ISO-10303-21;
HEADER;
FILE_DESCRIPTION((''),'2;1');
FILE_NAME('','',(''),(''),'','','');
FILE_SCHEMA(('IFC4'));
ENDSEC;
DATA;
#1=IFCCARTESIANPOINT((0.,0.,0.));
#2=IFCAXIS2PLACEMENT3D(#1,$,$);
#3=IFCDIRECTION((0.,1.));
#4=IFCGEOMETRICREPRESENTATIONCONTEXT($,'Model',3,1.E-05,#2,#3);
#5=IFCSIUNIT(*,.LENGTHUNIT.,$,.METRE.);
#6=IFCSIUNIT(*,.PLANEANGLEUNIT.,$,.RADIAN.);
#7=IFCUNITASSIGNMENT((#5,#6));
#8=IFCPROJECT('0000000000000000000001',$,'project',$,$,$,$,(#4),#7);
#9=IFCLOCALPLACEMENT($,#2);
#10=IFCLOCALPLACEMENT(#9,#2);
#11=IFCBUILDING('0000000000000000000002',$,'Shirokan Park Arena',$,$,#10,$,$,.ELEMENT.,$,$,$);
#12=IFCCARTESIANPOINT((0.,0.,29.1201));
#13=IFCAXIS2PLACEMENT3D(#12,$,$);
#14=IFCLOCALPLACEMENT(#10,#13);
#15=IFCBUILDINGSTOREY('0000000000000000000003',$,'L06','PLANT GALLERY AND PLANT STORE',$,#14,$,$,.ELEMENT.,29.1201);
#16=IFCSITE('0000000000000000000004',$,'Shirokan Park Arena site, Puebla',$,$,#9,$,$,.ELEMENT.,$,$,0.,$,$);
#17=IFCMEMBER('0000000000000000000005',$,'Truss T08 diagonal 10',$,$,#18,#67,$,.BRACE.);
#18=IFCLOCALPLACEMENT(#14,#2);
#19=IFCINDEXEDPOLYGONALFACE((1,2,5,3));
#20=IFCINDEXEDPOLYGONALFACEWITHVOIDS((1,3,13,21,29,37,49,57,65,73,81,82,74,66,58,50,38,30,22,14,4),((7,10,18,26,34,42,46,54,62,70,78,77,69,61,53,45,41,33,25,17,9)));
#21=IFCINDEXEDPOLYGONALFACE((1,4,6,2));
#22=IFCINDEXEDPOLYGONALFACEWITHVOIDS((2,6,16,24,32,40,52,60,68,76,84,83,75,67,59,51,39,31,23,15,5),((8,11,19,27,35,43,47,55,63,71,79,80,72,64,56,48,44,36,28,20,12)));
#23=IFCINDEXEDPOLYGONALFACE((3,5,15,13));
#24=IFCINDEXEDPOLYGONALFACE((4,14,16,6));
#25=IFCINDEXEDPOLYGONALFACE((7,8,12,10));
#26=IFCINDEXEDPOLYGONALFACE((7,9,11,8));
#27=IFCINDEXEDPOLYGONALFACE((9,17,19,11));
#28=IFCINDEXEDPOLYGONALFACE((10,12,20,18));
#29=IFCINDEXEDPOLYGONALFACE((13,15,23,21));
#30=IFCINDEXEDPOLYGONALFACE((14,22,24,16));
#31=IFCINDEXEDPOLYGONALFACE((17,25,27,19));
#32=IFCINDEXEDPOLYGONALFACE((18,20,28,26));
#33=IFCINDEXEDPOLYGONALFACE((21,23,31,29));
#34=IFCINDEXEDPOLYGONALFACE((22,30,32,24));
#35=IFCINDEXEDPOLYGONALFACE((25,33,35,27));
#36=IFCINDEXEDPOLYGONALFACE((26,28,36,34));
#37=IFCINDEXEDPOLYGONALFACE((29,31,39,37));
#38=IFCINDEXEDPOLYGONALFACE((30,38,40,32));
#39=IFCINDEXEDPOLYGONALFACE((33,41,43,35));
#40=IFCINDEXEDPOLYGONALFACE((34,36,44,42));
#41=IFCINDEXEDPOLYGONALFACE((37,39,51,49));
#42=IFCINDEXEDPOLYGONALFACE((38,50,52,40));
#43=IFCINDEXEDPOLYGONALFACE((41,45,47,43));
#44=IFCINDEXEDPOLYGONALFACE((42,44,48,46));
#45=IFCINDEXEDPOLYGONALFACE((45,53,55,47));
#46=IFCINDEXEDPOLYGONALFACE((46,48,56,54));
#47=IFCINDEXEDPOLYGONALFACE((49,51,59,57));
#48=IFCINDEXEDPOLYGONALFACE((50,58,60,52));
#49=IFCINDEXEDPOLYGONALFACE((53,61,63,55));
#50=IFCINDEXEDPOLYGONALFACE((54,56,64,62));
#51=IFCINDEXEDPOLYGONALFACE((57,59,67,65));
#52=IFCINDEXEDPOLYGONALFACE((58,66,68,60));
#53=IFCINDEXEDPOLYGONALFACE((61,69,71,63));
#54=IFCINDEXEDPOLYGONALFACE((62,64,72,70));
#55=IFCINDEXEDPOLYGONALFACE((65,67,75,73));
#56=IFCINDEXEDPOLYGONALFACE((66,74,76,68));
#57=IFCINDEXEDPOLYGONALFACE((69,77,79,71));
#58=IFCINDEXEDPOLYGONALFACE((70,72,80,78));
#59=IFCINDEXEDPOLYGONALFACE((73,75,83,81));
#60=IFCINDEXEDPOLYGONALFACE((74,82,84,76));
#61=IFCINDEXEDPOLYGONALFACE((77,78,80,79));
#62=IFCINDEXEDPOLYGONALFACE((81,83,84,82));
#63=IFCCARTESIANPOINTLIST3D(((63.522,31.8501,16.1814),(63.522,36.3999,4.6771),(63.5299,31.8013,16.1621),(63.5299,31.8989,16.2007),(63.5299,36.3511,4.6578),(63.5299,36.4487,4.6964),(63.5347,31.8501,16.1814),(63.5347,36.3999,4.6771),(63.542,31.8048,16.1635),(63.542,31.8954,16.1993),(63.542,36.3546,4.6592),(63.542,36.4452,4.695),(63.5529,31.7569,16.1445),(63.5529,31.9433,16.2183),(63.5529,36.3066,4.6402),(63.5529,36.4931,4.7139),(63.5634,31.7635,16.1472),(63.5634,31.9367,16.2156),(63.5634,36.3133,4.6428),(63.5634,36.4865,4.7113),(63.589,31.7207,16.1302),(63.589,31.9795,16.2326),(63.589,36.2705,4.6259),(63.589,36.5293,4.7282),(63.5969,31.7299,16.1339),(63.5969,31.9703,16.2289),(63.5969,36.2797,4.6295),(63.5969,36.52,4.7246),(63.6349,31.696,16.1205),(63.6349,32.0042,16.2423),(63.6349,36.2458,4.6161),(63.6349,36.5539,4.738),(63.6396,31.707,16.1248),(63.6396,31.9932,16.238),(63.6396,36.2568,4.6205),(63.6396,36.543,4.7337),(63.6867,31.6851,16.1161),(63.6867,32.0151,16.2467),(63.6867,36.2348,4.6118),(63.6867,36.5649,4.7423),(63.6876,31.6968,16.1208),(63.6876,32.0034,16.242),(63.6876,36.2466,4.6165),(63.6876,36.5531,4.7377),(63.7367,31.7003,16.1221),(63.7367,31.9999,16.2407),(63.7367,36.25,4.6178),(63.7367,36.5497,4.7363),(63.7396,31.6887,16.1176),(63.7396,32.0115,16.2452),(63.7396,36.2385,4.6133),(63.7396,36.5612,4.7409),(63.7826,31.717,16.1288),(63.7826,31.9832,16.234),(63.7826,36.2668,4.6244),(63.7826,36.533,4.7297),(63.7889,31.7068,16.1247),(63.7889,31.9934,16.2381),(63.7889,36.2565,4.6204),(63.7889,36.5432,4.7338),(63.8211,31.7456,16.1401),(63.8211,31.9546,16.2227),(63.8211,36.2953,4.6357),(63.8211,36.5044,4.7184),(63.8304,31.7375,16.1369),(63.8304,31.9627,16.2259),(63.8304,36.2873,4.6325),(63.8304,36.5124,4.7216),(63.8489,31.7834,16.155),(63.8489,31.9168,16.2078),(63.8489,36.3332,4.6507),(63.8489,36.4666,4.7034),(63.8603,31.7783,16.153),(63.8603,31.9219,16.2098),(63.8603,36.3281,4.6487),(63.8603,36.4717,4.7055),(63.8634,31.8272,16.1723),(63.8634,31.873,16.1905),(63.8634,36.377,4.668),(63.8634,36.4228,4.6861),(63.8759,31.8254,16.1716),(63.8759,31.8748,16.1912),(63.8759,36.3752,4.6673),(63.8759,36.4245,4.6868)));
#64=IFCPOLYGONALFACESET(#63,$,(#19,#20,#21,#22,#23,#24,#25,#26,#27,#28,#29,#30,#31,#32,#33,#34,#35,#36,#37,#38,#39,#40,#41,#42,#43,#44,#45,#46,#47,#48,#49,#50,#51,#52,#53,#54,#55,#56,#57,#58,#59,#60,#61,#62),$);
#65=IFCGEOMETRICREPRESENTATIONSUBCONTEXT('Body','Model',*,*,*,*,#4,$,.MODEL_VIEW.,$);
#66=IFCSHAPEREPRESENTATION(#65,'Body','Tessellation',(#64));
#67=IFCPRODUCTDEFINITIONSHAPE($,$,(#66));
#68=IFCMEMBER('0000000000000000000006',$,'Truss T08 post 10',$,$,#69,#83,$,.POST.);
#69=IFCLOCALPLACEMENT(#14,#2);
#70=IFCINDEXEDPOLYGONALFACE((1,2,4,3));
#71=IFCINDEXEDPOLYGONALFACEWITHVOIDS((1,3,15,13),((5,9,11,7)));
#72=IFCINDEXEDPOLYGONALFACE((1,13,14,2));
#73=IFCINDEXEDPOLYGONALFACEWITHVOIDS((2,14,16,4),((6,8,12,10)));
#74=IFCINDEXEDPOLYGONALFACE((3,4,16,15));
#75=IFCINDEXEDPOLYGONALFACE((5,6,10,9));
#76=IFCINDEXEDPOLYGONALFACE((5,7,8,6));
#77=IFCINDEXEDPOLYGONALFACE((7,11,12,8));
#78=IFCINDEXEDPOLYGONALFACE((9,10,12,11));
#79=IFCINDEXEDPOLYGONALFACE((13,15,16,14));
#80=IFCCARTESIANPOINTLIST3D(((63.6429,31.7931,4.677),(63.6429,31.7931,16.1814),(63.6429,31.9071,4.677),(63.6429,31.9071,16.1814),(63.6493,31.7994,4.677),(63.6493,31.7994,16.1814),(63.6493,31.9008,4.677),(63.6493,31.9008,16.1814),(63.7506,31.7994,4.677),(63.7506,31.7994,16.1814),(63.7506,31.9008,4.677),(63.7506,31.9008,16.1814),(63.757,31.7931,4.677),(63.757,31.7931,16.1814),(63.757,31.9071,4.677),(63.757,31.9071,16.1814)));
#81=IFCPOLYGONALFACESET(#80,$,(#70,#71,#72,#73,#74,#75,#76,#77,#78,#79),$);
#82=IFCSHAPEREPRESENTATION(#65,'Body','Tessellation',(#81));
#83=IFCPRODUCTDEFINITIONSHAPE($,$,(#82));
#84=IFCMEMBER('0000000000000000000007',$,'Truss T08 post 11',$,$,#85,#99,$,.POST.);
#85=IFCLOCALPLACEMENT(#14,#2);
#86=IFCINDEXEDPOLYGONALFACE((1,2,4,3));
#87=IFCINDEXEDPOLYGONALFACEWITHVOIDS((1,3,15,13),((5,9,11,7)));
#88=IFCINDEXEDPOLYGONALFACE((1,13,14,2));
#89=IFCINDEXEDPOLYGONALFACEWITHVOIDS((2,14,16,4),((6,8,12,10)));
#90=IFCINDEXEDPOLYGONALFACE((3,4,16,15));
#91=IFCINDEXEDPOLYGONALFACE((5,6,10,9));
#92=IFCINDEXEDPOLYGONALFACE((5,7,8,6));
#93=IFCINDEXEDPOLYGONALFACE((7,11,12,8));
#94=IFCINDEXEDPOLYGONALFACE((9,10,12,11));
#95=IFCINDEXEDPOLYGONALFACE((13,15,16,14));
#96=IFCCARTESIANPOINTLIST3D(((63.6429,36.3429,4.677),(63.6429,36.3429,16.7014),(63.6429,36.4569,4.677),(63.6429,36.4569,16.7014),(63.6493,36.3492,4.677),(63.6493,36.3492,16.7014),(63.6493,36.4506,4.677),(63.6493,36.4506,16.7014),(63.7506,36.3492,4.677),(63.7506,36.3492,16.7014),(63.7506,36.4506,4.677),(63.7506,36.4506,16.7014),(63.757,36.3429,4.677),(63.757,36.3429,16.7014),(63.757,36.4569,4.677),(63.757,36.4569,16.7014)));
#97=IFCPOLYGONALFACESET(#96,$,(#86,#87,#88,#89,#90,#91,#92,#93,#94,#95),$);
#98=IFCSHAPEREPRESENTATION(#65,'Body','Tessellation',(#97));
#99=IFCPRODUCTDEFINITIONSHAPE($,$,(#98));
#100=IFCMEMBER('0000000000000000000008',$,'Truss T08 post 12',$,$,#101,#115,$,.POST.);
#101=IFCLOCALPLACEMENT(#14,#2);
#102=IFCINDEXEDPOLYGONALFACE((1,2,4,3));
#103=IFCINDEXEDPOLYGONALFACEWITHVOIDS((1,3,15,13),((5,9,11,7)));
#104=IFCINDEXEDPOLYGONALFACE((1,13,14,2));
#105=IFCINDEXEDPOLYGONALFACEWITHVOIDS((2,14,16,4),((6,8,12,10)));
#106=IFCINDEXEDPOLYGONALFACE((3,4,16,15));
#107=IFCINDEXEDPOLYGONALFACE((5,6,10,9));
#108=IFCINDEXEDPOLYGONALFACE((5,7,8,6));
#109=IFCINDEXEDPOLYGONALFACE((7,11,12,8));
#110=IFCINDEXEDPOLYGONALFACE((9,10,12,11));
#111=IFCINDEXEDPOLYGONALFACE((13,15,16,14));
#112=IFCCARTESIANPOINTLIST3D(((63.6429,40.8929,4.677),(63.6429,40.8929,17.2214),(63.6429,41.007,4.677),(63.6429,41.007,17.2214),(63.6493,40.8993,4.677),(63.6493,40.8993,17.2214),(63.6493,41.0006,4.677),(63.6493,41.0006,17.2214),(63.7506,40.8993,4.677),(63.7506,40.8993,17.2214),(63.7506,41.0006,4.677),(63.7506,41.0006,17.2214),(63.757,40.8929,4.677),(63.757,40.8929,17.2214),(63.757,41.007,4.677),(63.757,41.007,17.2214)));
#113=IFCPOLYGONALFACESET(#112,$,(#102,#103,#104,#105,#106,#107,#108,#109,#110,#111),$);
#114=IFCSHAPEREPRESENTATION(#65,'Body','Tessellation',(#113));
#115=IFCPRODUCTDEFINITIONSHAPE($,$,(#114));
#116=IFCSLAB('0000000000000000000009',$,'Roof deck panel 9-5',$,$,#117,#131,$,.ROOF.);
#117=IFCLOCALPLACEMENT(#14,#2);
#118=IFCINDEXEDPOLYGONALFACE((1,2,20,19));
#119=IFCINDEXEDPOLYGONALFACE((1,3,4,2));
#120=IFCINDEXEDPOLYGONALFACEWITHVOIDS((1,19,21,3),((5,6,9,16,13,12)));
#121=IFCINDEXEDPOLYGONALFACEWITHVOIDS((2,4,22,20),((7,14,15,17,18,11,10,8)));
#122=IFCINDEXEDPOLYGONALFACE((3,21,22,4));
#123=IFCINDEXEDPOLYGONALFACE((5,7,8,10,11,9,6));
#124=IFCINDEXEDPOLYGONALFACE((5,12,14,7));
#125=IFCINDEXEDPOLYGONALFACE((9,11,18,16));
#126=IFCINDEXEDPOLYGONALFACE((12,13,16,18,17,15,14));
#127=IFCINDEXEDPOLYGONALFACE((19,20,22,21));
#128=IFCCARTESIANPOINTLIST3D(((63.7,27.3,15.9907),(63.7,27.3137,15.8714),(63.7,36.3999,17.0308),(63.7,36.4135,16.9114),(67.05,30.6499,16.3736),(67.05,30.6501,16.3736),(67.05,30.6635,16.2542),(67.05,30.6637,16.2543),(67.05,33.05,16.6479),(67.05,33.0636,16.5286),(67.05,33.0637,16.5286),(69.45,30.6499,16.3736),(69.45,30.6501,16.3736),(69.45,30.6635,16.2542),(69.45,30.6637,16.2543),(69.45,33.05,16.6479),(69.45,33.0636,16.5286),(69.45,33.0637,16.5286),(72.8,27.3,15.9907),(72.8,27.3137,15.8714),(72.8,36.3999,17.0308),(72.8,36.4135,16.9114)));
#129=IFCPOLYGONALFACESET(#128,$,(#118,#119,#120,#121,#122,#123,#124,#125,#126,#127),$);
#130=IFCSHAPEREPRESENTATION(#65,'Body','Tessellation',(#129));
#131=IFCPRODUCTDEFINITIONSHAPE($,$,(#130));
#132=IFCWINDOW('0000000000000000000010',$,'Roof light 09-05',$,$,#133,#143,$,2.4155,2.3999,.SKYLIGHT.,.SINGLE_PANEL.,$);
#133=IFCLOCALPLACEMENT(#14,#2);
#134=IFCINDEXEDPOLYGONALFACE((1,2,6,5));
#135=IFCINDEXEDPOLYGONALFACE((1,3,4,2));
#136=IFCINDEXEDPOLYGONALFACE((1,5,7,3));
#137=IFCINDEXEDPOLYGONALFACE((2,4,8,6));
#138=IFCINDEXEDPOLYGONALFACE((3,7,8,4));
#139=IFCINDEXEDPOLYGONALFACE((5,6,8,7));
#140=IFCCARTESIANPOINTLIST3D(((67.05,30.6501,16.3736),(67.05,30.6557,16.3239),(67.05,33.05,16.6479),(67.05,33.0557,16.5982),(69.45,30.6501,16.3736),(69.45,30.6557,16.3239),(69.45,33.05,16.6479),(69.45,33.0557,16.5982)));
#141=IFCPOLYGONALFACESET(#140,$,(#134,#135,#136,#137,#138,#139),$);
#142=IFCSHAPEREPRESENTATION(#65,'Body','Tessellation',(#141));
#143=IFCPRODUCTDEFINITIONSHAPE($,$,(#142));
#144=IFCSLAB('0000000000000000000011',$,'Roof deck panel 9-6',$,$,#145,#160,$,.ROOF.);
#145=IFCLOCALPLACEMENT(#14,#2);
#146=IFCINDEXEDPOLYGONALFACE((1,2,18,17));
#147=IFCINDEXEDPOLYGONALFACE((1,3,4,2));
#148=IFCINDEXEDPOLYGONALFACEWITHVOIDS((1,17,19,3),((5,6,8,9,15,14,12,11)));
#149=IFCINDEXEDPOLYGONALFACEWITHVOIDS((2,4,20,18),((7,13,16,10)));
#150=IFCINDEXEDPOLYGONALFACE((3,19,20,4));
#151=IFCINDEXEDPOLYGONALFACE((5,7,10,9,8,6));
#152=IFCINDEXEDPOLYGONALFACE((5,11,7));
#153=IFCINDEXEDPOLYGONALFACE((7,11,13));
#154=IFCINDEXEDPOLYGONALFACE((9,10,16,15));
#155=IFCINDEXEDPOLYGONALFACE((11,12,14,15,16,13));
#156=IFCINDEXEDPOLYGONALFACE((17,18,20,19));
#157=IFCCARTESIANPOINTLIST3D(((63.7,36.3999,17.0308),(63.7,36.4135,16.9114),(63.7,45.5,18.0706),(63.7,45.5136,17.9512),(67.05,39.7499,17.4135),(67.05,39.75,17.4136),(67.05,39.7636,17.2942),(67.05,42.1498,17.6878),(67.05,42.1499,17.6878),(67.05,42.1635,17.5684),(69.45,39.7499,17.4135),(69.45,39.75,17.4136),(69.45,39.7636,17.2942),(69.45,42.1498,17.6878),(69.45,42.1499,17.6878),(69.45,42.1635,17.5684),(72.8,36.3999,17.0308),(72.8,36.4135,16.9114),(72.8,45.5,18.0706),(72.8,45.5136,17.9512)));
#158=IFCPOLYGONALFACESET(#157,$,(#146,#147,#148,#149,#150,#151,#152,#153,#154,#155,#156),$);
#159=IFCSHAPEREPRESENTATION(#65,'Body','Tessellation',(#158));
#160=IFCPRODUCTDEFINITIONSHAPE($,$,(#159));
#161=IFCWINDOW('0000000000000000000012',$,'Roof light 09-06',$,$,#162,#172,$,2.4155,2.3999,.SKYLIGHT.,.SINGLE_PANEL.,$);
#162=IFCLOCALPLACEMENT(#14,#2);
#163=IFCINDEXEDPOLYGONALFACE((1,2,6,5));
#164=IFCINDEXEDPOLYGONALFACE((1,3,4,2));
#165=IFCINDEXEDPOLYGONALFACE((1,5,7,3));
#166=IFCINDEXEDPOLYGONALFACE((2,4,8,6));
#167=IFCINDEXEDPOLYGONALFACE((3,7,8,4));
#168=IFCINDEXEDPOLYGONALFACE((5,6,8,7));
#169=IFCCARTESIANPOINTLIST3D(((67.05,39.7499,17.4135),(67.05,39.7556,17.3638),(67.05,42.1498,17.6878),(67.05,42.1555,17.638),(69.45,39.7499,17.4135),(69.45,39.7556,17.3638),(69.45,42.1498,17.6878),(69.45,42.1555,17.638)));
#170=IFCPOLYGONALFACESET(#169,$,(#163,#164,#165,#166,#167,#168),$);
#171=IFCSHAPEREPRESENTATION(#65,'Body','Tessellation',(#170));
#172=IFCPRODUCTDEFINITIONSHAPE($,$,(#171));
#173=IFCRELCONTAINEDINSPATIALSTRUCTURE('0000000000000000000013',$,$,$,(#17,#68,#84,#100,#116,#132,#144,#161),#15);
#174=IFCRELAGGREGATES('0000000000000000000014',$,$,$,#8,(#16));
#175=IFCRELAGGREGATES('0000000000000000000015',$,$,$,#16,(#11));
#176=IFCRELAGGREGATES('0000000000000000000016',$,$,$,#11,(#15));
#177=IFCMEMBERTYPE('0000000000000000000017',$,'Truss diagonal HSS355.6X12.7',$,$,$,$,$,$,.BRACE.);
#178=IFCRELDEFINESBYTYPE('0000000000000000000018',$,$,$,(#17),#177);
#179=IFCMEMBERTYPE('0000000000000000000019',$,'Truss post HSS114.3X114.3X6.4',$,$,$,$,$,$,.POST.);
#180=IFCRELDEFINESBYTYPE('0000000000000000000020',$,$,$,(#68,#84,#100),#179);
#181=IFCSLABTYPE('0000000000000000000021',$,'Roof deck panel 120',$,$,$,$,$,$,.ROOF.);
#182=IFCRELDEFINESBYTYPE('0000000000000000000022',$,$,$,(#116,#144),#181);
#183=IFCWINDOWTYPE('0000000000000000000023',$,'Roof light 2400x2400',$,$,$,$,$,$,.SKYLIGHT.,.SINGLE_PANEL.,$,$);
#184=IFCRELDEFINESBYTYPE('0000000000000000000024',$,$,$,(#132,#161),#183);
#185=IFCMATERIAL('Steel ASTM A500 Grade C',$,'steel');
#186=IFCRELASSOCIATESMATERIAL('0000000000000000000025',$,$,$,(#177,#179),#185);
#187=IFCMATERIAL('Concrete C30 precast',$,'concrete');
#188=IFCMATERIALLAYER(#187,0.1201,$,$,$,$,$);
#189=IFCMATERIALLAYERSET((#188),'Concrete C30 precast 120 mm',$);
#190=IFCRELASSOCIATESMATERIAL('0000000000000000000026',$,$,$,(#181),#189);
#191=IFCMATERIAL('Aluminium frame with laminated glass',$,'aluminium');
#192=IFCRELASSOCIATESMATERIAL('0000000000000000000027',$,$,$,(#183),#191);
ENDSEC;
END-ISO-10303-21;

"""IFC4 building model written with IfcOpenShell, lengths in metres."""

from ifc_helpers import new_model, si_unit, direction, frame, origin, origin_2d, place, context, subcontext, project, spatial, polyline, rectangle, hollow_rectangle, hollow_circle, outline, extrude, material, layer, layer_set, material_profile, profile_set, type_object, element, fill, save


model = new_model("IFC4")

# Units and contexts
model_context = context("Model", 3, precision=1e-05, world=origin(), true_north=direction((0.0, 1.0)))
body_context = subcontext(model_context, "Body", "Model", "MODEL_VIEW")
ifc_project = project(units=[si_unit("LENGTHUNIT", "METRE"), si_unit("PLANEANGLEUNIT", "RADIAN")], contexts=[model_context])

# Site, building, storey
site_placement = place(None, origin())
site = spatial("IfcSite", under=ifc_project, at=site_placement, Name="Shirokan Park Arena site, Puebla", CompositionType="ELEMENT", RefElevation=0.0)
building_placement = place(site_placement, origin())
building = spatial("IfcBuilding", under=site, at=building_placement, Name="Shirokan Park Arena", CompositionType="ELEMENT")
storey_placement = place(building_placement, frame((0.0, 0.0, 29.1201)))
storey = spatial("IfcBuildingStorey", under=building, at=storey_placement, Name="L06", Description="PLANT GALLERY AND PLANT STORE", CompositionType="ELEMENT", Elevation=29.1201)

# Members
ifc_material_1 = material(Name="Steel ASTM A500 Grade C", Category="steel")
ifc_material_profile_1 = material_profile(ifc_material_1, hollow_circle(Radius=0.178, WallThickness=0.0127, at=origin_2d()), Name="HSS355.6X12.7")
ifc_profile_set_1 = profile_set([ifc_material_profile_1], Name="Steel ASTM A500 Grade C")
member_type_1 = type_object("IfcMemberType", Name="Truss diagonal HSS355.6X12.7", PredefinedType="BRACE", material=ifc_profile_set_1)
member_1_placement = place(storey_placement, frame((63.7, 31.8501, 16.1814), z_axis=(0.0, 0.367768, -0.929918), x_axis=(-1.0, 0.0, 0.0)))
element("IfcMember", 1, at=member_1_placement, inside=storey, type_object=member_type_1, Name="Truss T08 diagonal 10", PredefinedType="BRACE", context=body_context, shape_type="SweptSolid", body=[
    extrude(hollow_circle(Radius=0.178, WallThickness=0.0127, at=origin_2d()), origin(), (0.0, 0.0, 1.0), 12.3713),
])
ifc_material_profile_2 = material_profile(ifc_material_1, hollow_rectangle(XDim=0.114, YDim=0.114, WallThickness=0.0063, at=origin_2d()), Name="HSS114.3X114.3X6.4")
ifc_profile_set_2 = profile_set([ifc_material_profile_2], Name="Steel ASTM A500 Grade C")
member_type_2 = type_object("IfcMemberType", Name="Truss post HSS114.3X114.3X6.4", PredefinedType="POST", material=ifc_profile_set_2)
member_2_placement = place(storey_placement, frame((63.7, 31.8501, 4.677), z_axis=(0.0, 0.0, 1.0), x_axis=(1.0, 0.0, 0.0)))
element("IfcMember", 2, at=member_2_placement, inside=storey, type_object=member_type_2, Name="Truss T08 post 10", PredefinedType="POST", context=body_context, shape_type="SweptSolid", body=[
    extrude(hollow_rectangle(XDim=0.114, YDim=0.114, WallThickness=0.0063, at=origin_2d()), origin(), (0.0, 0.0, 1.0), 11.5044),
])
member_3_placement = place(storey_placement, frame((63.7, 36.3999, 4.677), z_axis=(0.0, 0.0, 1.0), x_axis=(1.0, 0.0, 0.0)))
element("IfcMember", 3, at=member_3_placement, inside=storey, type_object=member_type_2, Name="Truss T08 post 11", PredefinedType="POST", context=body_context, shape_type="SweptSolid", body=[
    extrude(hollow_rectangle(XDim=0.114, YDim=0.114, WallThickness=0.0063, at=origin_2d()), origin(), (0.0, 0.0, 1.0), 12.0244),
])
member_4_placement = place(storey_placement, frame((63.7, 40.95, 4.677), z_axis=(0.0, 0.0, 1.0), x_axis=(1.0, 0.0, 0.0)))
element("IfcMember", 4, at=member_4_placement, inside=storey, type_object=member_type_2, Name="Truss T08 post 12", PredefinedType="POST", context=body_context, shape_type="SweptSolid", body=[
    extrude(hollow_rectangle(XDim=0.114, YDim=0.114, WallThickness=0.0063, at=origin_2d()), origin(), (0.0, 0.0, 1.0), 12.5444),
])

# Slabs, openings, windows
ifc_material_2 = material(Name="Concrete C30 precast", Category="concrete")
ifc_layer_1 = layer(ifc_material_2, 0.1201)
ifc_layer_set_1 = layer_set([ifc_layer_1], Name="Concrete C30 precast 120 mm")
slab_type = type_object("IfcSlabType", Name="Roof deck panel 120", PredefinedType="ROOF", material=ifc_layer_set_1)
slab_1_placement = place(storey_placement, frame((63.7, 27.3, 15.9907), z_axis=(0.0, -0.113553, 0.993532), x_axis=(1.0, 0.0, 0.0)))
slab_1 = element("IfcSlab", 5, at=slab_1_placement, inside=storey, type_object=slab_type, Name="Roof deck panel 9-5", PredefinedType="ROOF", context=body_context, shape_type="SweptSolid", body=[
    extrude(outline(polyline([(0.0, 0.0), (9.1001, 0.0), (9.1001, 9.1591), (0.0, 9.1591), (0.0, 0.0)]), holes=[polyline([(3.3501, 3.3717), (5.75, 3.3717), (5.75, 5.7874), (3.3501, 5.7874), (3.3501, 3.3717)])]), origin(), (0.0, 0.0, -1.0), 0.1201),
])
opening_1_placement = place(slab_1_placement, frame((4.55, 4.5796, 0.01)))
opening_1 = element("IfcOpeningElement", 6, at=opening_1_placement, cuts=slab_1, PredefinedType="OPENING", context=body_context, shape_type="SweptSolid", body=[
    extrude(rectangle(XDim=2.3999, YDim=2.4155, at=origin_2d()), origin(), (0.0, 0.0, -1.0), 0.1399),
])
ifc_material_3 = material(Name="Aluminium frame with laminated glass", Category="aluminium")
window_type = type_object("IfcWindowType", Name="Roof light 2400x2400", PartitioningType="SINGLE_PANEL", PredefinedType="SKYLIGHT", material=ifc_material_3)
window_1_placement = place(opening_1_placement, frame((0.0, 0.0, -0.0601)))
window_1 = element("IfcWindow", 7, at=window_1_placement, inside=storey, type_object=window_type, Name="Roof light 09-05", OverallHeight=2.4155, OverallWidth=2.3999, PartitioningType="SINGLE_PANEL", PredefinedType="SKYLIGHT", context=body_context, shape_type="SweptSolid", body=[
    extrude(rectangle(XDim=2.3999, YDim=2.4155, at=origin_2d()), origin(), (0.0, 0.0, 1.0), 0.05),
])
fill(opening_1, window_1)
slab_2_placement = place(storey_placement, frame((63.7, 36.3999, 17.0308), z_axis=(0.0, -0.113523, 0.993535), x_axis=(1.0, 0.0, 0.0)))
slab_2 = element("IfcSlab", 8, at=slab_2_placement, inside=storey, type_object=slab_type, Name="Roof deck panel 9-6", PredefinedType="ROOF", context=body_context, shape_type="SweptSolid", body=[
    extrude(outline(polyline([(0.0, 0.0), (9.1001, 0.0), (9.1001, 9.1593), (0.0, 9.1593), (0.0, 0.0)]), holes=[polyline([(3.3501, 3.3719), (5.75, 3.3719), (5.75, 5.7874), (3.3501, 5.7874), (3.3501, 3.3719)])]), origin(), (0.0, 0.0, -1.0), 0.1201),
])
opening_2_placement = place(slab_2_placement, frame((4.55, 4.5796, 0.01)))
opening_2 = element("IfcOpeningElement", 9, at=opening_2_placement, cuts=slab_2, PredefinedType="OPENING", context=body_context, shape_type="SweptSolid", body=[
    extrude(rectangle(XDim=2.3999, YDim=2.4155, at=origin_2d()), origin(), (0.0, 0.0, -1.0), 0.1399),
])
window_2_placement = place(opening_2_placement, frame((0.0, 0.0, -0.0601)))
window_2 = element("IfcWindow", 10, at=window_2_placement, inside=storey, type_object=window_type, Name="Roof light 09-06", OverallHeight=2.4155, OverallWidth=2.3999, PartitioningType="SINGLE_PANEL", PredefinedType="SKYLIGHT", context=body_context, shape_type="SweptSolid", body=[
    extrude(rectangle(XDim=2.3999, YDim=2.4155, at=origin_2d()), origin(), (0.0, 0.0, 1.0), 0.05),
])
fill(opening_2, window_2)

save(model, "model.ifc")
